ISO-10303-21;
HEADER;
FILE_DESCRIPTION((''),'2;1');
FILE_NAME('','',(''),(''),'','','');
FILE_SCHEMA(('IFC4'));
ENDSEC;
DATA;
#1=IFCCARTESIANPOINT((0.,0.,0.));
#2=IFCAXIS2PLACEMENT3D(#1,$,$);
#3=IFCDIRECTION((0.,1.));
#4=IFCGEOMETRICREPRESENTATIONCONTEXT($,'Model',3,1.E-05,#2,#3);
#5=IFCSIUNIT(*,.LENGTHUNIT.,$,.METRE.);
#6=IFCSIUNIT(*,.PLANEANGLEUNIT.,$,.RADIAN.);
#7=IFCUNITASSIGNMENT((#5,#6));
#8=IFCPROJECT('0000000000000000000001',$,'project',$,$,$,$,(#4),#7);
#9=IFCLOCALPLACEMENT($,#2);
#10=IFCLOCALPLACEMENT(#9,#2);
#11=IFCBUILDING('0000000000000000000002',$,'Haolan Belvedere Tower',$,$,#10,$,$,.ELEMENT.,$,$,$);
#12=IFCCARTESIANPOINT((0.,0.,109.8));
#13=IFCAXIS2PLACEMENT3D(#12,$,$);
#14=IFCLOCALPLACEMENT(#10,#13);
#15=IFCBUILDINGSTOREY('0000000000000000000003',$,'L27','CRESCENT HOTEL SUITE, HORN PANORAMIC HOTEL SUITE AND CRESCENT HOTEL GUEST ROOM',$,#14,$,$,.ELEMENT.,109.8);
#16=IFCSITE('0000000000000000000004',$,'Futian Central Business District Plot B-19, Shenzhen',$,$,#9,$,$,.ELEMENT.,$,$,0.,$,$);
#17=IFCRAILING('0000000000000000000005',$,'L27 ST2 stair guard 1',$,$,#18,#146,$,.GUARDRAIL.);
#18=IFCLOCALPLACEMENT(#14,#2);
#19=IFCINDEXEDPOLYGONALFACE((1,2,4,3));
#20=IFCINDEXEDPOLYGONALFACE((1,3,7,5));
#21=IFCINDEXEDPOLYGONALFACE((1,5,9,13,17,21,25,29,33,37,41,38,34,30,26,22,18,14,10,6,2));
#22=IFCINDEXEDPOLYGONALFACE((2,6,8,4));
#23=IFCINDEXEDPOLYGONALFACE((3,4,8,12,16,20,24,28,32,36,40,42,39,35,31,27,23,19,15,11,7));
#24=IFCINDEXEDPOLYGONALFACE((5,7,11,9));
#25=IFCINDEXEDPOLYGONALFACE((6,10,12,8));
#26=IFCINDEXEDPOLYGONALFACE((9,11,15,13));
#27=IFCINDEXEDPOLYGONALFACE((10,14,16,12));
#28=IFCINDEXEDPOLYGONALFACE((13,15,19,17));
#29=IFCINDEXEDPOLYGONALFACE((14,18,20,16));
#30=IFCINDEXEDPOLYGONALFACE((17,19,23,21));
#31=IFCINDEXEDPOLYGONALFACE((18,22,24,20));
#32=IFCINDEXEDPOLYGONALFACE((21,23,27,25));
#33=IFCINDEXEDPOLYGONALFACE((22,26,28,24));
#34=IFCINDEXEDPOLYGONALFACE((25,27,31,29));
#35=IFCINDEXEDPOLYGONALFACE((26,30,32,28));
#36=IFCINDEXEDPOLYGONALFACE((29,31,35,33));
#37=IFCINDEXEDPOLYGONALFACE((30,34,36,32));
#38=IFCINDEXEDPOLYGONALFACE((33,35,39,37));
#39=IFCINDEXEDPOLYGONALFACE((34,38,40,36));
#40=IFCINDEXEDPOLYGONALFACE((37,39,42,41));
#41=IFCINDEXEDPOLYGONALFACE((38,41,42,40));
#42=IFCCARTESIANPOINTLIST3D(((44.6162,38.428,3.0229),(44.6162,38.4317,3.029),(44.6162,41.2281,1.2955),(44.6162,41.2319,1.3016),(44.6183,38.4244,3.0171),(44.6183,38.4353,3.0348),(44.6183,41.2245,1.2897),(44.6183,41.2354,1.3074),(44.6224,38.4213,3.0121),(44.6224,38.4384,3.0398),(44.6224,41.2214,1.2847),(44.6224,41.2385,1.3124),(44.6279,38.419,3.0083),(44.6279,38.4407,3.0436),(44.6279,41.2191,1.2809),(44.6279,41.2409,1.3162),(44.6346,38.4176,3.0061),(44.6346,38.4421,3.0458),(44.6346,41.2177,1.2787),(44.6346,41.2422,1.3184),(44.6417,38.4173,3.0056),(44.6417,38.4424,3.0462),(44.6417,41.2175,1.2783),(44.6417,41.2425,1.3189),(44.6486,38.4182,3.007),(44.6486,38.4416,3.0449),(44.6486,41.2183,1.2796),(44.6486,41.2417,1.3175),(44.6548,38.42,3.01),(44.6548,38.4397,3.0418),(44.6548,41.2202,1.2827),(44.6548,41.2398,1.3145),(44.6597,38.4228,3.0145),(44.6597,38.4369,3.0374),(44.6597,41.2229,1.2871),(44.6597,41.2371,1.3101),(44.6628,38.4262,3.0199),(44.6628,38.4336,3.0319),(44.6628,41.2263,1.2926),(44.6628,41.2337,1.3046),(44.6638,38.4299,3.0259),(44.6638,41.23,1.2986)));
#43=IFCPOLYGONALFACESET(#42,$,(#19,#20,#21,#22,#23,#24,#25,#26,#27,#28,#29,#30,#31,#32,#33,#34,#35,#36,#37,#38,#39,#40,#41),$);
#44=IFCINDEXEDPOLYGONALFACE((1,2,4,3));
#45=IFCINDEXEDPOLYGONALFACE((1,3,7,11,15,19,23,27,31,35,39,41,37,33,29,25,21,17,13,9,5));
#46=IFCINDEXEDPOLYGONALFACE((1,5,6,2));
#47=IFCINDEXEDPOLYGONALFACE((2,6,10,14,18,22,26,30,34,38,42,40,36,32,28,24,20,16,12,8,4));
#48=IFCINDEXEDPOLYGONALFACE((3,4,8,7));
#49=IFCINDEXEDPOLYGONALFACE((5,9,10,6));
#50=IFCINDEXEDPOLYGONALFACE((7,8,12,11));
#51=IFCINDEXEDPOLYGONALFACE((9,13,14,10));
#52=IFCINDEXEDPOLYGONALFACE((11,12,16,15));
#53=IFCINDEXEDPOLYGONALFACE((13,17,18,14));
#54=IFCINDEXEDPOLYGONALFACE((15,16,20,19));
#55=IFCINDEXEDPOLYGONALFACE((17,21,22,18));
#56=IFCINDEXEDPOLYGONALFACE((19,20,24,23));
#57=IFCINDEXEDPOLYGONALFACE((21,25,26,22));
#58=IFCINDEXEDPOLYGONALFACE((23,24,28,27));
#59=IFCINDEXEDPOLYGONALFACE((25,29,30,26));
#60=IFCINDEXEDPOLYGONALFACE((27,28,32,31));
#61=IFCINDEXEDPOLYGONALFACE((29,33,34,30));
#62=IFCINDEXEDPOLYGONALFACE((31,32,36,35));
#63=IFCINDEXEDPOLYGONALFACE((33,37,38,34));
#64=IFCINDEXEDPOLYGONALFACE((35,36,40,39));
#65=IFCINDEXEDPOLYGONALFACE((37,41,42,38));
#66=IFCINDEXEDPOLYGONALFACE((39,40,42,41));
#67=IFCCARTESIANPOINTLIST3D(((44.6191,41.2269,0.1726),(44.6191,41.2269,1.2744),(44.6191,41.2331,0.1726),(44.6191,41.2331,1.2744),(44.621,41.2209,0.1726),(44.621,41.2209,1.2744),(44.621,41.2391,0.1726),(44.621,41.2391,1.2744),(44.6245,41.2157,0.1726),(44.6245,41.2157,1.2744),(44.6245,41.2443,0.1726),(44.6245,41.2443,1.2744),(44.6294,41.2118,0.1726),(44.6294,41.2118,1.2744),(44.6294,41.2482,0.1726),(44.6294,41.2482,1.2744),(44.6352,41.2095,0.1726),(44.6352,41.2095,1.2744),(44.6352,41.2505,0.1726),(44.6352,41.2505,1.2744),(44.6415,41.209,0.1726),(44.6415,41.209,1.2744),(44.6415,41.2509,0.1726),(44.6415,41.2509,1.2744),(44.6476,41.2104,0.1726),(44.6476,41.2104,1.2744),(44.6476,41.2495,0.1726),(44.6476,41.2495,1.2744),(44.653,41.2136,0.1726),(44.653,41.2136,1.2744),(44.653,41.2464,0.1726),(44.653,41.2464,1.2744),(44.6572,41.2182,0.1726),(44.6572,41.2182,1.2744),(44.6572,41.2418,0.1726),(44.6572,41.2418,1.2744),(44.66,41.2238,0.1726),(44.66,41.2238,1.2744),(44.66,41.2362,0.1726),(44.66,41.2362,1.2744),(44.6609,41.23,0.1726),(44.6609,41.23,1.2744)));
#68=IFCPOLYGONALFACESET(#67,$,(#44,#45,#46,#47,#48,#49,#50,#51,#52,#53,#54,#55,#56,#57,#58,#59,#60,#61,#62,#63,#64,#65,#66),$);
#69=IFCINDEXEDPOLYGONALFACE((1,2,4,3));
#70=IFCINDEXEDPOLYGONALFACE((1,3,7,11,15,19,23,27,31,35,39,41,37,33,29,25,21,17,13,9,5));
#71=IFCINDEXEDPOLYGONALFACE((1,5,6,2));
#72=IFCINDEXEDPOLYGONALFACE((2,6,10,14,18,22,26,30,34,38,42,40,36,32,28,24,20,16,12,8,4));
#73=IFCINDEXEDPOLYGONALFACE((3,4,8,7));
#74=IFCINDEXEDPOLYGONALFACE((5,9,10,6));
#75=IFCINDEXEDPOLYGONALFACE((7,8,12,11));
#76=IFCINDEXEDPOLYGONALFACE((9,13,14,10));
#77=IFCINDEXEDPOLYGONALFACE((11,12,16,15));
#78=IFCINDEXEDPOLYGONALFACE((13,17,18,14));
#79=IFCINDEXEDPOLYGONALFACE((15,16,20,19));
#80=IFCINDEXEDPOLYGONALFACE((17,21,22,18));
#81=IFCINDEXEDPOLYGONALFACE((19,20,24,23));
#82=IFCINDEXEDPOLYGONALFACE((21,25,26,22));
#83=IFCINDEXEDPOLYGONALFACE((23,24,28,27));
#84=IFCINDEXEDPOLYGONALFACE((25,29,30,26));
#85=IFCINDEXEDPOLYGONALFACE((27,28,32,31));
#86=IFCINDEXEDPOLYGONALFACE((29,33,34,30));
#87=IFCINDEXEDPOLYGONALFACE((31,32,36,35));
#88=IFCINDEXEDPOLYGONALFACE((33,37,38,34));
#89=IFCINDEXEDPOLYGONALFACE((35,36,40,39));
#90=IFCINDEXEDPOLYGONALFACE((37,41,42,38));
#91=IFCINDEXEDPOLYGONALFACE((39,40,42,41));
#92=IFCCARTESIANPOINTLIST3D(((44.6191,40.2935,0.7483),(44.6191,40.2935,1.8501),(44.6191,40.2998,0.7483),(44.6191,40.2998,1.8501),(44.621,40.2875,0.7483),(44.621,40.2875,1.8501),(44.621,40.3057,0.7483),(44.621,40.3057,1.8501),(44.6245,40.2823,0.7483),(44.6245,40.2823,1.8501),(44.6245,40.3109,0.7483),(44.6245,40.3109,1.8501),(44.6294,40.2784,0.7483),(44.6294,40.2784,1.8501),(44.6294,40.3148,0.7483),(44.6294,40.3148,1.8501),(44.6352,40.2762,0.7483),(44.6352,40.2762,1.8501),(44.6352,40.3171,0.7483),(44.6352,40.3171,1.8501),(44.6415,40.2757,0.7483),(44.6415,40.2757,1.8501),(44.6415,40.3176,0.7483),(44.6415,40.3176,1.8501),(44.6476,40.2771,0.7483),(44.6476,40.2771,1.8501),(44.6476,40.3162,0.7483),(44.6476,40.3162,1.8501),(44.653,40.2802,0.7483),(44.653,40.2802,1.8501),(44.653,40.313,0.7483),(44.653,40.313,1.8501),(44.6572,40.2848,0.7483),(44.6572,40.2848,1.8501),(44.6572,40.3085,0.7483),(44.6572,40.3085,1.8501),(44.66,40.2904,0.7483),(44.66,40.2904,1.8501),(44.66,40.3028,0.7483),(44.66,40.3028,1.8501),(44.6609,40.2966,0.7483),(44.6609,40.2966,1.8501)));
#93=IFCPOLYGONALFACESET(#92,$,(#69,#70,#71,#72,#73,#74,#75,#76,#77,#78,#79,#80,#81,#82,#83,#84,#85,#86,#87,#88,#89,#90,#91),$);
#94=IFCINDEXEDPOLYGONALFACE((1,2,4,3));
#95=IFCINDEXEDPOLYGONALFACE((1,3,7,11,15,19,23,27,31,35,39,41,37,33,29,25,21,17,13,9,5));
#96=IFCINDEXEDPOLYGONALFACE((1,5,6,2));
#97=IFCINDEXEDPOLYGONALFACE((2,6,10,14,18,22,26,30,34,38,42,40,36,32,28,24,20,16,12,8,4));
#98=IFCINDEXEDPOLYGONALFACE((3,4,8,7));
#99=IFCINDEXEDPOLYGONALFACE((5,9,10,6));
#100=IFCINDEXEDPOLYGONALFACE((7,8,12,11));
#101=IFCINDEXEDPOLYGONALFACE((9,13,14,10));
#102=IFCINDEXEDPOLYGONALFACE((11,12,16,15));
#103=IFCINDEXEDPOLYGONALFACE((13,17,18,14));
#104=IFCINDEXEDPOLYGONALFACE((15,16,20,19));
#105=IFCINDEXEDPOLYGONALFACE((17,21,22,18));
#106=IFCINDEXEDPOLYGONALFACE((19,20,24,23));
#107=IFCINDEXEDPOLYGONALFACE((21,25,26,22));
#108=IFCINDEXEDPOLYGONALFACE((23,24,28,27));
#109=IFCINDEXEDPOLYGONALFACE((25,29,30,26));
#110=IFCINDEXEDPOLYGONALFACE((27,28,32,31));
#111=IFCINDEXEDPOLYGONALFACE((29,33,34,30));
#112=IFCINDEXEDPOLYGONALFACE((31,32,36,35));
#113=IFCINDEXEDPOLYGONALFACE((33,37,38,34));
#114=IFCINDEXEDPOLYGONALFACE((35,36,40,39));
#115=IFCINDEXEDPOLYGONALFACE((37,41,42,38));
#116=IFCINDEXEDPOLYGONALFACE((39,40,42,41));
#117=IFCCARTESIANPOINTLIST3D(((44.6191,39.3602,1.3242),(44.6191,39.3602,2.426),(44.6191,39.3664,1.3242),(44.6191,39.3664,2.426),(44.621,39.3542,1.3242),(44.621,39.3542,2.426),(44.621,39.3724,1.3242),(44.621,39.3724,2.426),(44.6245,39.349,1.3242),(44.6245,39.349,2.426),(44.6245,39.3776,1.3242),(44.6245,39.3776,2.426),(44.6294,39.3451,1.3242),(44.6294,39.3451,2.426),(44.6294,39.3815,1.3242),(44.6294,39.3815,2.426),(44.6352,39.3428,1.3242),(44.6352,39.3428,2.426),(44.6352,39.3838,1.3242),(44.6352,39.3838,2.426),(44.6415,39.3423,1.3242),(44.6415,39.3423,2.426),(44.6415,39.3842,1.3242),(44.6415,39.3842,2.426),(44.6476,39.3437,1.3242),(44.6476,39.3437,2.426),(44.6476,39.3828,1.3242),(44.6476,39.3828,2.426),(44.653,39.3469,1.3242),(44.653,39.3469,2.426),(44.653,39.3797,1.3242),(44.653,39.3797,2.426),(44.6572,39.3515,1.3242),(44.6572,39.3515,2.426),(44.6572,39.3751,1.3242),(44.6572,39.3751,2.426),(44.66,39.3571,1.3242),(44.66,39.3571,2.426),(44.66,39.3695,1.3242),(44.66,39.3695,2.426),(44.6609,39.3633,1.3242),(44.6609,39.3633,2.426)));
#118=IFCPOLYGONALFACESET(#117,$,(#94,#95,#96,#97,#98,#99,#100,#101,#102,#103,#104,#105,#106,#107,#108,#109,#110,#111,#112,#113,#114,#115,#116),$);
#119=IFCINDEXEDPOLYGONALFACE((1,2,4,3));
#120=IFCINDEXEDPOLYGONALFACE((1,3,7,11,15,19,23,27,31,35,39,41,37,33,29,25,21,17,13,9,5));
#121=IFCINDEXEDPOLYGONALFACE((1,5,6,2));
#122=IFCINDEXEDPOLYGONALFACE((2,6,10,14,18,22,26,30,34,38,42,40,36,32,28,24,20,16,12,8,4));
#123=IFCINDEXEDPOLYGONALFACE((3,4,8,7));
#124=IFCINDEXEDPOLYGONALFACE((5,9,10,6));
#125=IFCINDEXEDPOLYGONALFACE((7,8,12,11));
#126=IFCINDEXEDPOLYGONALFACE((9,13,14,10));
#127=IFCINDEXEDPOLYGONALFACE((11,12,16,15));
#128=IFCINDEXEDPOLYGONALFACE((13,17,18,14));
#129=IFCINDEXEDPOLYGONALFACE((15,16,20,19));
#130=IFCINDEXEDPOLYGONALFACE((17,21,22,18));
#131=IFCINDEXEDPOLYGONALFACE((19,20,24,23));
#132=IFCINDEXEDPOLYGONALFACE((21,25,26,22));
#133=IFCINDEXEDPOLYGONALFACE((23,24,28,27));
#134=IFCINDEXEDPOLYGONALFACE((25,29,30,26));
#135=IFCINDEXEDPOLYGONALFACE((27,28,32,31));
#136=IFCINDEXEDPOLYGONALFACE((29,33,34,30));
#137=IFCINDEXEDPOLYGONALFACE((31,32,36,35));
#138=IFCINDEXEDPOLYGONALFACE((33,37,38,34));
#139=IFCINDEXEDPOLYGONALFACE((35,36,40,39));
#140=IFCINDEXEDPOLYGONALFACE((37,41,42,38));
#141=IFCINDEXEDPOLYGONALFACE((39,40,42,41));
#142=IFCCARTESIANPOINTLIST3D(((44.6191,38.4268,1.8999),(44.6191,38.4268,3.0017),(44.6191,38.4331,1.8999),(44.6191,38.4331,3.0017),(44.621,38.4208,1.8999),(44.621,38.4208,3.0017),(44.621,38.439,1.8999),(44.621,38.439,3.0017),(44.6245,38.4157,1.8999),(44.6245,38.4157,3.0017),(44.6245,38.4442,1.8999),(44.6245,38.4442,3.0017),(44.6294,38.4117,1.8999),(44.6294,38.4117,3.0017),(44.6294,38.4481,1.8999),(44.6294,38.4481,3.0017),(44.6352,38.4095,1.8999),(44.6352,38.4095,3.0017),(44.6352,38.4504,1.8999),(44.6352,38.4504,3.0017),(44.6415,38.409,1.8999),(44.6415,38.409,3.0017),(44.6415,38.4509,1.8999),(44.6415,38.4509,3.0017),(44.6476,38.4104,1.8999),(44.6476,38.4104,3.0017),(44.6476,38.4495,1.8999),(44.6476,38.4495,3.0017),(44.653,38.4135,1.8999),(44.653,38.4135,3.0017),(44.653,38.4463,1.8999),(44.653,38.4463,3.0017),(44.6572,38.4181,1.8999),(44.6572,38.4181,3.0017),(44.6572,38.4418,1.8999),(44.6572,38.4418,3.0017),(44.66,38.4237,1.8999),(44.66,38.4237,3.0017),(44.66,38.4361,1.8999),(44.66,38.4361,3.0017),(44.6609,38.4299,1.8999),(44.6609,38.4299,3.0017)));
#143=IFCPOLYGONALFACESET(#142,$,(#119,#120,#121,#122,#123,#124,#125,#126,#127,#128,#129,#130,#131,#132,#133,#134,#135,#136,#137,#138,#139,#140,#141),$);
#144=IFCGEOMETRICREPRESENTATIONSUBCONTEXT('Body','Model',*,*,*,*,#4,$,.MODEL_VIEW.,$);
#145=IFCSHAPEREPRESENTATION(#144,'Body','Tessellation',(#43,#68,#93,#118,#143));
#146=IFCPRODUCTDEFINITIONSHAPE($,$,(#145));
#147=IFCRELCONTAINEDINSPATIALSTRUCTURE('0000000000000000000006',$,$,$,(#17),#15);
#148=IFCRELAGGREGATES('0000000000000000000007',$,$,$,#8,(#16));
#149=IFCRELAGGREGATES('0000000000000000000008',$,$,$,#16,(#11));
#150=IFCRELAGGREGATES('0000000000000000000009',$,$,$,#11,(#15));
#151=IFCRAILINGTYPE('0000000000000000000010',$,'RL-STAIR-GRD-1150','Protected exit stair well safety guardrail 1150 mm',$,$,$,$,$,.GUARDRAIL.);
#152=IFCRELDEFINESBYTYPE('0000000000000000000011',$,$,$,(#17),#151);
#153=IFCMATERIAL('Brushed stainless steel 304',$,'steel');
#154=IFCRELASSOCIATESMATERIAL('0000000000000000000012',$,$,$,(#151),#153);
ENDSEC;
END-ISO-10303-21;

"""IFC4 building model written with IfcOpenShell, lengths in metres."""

from ifc_helpers import new_model, si_unit, direction, frame, origin, origin_2d, place, context, subcontext, project, spatial, circle, extrude, material, type_object, element, save


model = new_model("IFC4")

# Units and contexts
model_context = context("Model", 3, precision=1e-05, world=origin(), true_north=direction((0.0, 1.0)))
body_context = subcontext(model_context, "Body", "Model", "MODEL_VIEW")
ifc_project = project(units=[si_unit("LENGTHUNIT", "METRE"), si_unit("PLANEANGLEUNIT", "RADIAN")], contexts=[model_context])

# Site, building, storey
site_placement = place(None, origin())
site = spatial("IfcSite", under=ifc_project, at=site_placement, Name="Futian Central Business District Plot B-19, Shenzhen", CompositionType="ELEMENT", RefElevation=0.0)
building_placement = place(site_placement, origin())
building = spatial("IfcBuilding", under=site, at=building_placement, Name="Haolan Belvedere Tower", CompositionType="ELEMENT")
storey_placement = place(building_placement, frame((0.0, 0.0, 109.8)))
storey = spatial("IfcBuildingStorey", under=building, at=storey_placement, Name="L27", Description="CRESCENT HOTEL SUITE, HORN PANORAMIC HOTEL SUITE AND CRESCENT HOTEL GUEST ROOM", CompositionType="ELEMENT", Elevation=109.8)

# Railing
ifc_material_1 = material(Name="Brushed stainless steel 304", Category="steel")
railing_type_1 = type_object("IfcRailingType", Name="RL-STAIR-GRD-1150", Description="Protected exit stair well safety guardrail 1150 mm", PredefinedType="GUARDRAIL", material=ifc_material_1)
railing_1_placement = place(storey_placement, frame((44.6399, 41.23, 0.1726)))
element("IfcRailing", 1, at=railing_1_placement, inside=storey, type_object=railing_type_1, Name="L27 ST2 stair guard 1", PredefinedType="GUARDRAIL", context=body_context, shape_type="SweptSolid", body=[
    extrude(circle(Radius=0.0239, at=origin_2d()), frame((0.0, 0.0, 1.126), z_axis=(0.0, -0.85109, 0.52502), x_axis=(1.0, 0.0, 0.0)), (0.0, 0.0, 1.0), 3.29),
    extrude(circle(Radius=0.021, at=origin_2d()), origin(), (0.0, 0.0, 1.0), 1.1018),
    extrude(circle(Radius=0.021, at=origin_2d()), frame((0.0, -0.9333, 0.5757)), (0.0, 0.0, 1.0), 1.1018),
    extrude(circle(Radius=0.021, at=origin_2d()), frame((0.0, -1.8667, 1.1516)), (0.0, 0.0, 1.0), 1.1018),
    extrude(circle(Radius=0.021, at=origin_2d()), frame((0.0, -2.8, 1.7273)), (0.0, 0.0, 1.0), 1.1018),
])

save(model, "model.ifc")
